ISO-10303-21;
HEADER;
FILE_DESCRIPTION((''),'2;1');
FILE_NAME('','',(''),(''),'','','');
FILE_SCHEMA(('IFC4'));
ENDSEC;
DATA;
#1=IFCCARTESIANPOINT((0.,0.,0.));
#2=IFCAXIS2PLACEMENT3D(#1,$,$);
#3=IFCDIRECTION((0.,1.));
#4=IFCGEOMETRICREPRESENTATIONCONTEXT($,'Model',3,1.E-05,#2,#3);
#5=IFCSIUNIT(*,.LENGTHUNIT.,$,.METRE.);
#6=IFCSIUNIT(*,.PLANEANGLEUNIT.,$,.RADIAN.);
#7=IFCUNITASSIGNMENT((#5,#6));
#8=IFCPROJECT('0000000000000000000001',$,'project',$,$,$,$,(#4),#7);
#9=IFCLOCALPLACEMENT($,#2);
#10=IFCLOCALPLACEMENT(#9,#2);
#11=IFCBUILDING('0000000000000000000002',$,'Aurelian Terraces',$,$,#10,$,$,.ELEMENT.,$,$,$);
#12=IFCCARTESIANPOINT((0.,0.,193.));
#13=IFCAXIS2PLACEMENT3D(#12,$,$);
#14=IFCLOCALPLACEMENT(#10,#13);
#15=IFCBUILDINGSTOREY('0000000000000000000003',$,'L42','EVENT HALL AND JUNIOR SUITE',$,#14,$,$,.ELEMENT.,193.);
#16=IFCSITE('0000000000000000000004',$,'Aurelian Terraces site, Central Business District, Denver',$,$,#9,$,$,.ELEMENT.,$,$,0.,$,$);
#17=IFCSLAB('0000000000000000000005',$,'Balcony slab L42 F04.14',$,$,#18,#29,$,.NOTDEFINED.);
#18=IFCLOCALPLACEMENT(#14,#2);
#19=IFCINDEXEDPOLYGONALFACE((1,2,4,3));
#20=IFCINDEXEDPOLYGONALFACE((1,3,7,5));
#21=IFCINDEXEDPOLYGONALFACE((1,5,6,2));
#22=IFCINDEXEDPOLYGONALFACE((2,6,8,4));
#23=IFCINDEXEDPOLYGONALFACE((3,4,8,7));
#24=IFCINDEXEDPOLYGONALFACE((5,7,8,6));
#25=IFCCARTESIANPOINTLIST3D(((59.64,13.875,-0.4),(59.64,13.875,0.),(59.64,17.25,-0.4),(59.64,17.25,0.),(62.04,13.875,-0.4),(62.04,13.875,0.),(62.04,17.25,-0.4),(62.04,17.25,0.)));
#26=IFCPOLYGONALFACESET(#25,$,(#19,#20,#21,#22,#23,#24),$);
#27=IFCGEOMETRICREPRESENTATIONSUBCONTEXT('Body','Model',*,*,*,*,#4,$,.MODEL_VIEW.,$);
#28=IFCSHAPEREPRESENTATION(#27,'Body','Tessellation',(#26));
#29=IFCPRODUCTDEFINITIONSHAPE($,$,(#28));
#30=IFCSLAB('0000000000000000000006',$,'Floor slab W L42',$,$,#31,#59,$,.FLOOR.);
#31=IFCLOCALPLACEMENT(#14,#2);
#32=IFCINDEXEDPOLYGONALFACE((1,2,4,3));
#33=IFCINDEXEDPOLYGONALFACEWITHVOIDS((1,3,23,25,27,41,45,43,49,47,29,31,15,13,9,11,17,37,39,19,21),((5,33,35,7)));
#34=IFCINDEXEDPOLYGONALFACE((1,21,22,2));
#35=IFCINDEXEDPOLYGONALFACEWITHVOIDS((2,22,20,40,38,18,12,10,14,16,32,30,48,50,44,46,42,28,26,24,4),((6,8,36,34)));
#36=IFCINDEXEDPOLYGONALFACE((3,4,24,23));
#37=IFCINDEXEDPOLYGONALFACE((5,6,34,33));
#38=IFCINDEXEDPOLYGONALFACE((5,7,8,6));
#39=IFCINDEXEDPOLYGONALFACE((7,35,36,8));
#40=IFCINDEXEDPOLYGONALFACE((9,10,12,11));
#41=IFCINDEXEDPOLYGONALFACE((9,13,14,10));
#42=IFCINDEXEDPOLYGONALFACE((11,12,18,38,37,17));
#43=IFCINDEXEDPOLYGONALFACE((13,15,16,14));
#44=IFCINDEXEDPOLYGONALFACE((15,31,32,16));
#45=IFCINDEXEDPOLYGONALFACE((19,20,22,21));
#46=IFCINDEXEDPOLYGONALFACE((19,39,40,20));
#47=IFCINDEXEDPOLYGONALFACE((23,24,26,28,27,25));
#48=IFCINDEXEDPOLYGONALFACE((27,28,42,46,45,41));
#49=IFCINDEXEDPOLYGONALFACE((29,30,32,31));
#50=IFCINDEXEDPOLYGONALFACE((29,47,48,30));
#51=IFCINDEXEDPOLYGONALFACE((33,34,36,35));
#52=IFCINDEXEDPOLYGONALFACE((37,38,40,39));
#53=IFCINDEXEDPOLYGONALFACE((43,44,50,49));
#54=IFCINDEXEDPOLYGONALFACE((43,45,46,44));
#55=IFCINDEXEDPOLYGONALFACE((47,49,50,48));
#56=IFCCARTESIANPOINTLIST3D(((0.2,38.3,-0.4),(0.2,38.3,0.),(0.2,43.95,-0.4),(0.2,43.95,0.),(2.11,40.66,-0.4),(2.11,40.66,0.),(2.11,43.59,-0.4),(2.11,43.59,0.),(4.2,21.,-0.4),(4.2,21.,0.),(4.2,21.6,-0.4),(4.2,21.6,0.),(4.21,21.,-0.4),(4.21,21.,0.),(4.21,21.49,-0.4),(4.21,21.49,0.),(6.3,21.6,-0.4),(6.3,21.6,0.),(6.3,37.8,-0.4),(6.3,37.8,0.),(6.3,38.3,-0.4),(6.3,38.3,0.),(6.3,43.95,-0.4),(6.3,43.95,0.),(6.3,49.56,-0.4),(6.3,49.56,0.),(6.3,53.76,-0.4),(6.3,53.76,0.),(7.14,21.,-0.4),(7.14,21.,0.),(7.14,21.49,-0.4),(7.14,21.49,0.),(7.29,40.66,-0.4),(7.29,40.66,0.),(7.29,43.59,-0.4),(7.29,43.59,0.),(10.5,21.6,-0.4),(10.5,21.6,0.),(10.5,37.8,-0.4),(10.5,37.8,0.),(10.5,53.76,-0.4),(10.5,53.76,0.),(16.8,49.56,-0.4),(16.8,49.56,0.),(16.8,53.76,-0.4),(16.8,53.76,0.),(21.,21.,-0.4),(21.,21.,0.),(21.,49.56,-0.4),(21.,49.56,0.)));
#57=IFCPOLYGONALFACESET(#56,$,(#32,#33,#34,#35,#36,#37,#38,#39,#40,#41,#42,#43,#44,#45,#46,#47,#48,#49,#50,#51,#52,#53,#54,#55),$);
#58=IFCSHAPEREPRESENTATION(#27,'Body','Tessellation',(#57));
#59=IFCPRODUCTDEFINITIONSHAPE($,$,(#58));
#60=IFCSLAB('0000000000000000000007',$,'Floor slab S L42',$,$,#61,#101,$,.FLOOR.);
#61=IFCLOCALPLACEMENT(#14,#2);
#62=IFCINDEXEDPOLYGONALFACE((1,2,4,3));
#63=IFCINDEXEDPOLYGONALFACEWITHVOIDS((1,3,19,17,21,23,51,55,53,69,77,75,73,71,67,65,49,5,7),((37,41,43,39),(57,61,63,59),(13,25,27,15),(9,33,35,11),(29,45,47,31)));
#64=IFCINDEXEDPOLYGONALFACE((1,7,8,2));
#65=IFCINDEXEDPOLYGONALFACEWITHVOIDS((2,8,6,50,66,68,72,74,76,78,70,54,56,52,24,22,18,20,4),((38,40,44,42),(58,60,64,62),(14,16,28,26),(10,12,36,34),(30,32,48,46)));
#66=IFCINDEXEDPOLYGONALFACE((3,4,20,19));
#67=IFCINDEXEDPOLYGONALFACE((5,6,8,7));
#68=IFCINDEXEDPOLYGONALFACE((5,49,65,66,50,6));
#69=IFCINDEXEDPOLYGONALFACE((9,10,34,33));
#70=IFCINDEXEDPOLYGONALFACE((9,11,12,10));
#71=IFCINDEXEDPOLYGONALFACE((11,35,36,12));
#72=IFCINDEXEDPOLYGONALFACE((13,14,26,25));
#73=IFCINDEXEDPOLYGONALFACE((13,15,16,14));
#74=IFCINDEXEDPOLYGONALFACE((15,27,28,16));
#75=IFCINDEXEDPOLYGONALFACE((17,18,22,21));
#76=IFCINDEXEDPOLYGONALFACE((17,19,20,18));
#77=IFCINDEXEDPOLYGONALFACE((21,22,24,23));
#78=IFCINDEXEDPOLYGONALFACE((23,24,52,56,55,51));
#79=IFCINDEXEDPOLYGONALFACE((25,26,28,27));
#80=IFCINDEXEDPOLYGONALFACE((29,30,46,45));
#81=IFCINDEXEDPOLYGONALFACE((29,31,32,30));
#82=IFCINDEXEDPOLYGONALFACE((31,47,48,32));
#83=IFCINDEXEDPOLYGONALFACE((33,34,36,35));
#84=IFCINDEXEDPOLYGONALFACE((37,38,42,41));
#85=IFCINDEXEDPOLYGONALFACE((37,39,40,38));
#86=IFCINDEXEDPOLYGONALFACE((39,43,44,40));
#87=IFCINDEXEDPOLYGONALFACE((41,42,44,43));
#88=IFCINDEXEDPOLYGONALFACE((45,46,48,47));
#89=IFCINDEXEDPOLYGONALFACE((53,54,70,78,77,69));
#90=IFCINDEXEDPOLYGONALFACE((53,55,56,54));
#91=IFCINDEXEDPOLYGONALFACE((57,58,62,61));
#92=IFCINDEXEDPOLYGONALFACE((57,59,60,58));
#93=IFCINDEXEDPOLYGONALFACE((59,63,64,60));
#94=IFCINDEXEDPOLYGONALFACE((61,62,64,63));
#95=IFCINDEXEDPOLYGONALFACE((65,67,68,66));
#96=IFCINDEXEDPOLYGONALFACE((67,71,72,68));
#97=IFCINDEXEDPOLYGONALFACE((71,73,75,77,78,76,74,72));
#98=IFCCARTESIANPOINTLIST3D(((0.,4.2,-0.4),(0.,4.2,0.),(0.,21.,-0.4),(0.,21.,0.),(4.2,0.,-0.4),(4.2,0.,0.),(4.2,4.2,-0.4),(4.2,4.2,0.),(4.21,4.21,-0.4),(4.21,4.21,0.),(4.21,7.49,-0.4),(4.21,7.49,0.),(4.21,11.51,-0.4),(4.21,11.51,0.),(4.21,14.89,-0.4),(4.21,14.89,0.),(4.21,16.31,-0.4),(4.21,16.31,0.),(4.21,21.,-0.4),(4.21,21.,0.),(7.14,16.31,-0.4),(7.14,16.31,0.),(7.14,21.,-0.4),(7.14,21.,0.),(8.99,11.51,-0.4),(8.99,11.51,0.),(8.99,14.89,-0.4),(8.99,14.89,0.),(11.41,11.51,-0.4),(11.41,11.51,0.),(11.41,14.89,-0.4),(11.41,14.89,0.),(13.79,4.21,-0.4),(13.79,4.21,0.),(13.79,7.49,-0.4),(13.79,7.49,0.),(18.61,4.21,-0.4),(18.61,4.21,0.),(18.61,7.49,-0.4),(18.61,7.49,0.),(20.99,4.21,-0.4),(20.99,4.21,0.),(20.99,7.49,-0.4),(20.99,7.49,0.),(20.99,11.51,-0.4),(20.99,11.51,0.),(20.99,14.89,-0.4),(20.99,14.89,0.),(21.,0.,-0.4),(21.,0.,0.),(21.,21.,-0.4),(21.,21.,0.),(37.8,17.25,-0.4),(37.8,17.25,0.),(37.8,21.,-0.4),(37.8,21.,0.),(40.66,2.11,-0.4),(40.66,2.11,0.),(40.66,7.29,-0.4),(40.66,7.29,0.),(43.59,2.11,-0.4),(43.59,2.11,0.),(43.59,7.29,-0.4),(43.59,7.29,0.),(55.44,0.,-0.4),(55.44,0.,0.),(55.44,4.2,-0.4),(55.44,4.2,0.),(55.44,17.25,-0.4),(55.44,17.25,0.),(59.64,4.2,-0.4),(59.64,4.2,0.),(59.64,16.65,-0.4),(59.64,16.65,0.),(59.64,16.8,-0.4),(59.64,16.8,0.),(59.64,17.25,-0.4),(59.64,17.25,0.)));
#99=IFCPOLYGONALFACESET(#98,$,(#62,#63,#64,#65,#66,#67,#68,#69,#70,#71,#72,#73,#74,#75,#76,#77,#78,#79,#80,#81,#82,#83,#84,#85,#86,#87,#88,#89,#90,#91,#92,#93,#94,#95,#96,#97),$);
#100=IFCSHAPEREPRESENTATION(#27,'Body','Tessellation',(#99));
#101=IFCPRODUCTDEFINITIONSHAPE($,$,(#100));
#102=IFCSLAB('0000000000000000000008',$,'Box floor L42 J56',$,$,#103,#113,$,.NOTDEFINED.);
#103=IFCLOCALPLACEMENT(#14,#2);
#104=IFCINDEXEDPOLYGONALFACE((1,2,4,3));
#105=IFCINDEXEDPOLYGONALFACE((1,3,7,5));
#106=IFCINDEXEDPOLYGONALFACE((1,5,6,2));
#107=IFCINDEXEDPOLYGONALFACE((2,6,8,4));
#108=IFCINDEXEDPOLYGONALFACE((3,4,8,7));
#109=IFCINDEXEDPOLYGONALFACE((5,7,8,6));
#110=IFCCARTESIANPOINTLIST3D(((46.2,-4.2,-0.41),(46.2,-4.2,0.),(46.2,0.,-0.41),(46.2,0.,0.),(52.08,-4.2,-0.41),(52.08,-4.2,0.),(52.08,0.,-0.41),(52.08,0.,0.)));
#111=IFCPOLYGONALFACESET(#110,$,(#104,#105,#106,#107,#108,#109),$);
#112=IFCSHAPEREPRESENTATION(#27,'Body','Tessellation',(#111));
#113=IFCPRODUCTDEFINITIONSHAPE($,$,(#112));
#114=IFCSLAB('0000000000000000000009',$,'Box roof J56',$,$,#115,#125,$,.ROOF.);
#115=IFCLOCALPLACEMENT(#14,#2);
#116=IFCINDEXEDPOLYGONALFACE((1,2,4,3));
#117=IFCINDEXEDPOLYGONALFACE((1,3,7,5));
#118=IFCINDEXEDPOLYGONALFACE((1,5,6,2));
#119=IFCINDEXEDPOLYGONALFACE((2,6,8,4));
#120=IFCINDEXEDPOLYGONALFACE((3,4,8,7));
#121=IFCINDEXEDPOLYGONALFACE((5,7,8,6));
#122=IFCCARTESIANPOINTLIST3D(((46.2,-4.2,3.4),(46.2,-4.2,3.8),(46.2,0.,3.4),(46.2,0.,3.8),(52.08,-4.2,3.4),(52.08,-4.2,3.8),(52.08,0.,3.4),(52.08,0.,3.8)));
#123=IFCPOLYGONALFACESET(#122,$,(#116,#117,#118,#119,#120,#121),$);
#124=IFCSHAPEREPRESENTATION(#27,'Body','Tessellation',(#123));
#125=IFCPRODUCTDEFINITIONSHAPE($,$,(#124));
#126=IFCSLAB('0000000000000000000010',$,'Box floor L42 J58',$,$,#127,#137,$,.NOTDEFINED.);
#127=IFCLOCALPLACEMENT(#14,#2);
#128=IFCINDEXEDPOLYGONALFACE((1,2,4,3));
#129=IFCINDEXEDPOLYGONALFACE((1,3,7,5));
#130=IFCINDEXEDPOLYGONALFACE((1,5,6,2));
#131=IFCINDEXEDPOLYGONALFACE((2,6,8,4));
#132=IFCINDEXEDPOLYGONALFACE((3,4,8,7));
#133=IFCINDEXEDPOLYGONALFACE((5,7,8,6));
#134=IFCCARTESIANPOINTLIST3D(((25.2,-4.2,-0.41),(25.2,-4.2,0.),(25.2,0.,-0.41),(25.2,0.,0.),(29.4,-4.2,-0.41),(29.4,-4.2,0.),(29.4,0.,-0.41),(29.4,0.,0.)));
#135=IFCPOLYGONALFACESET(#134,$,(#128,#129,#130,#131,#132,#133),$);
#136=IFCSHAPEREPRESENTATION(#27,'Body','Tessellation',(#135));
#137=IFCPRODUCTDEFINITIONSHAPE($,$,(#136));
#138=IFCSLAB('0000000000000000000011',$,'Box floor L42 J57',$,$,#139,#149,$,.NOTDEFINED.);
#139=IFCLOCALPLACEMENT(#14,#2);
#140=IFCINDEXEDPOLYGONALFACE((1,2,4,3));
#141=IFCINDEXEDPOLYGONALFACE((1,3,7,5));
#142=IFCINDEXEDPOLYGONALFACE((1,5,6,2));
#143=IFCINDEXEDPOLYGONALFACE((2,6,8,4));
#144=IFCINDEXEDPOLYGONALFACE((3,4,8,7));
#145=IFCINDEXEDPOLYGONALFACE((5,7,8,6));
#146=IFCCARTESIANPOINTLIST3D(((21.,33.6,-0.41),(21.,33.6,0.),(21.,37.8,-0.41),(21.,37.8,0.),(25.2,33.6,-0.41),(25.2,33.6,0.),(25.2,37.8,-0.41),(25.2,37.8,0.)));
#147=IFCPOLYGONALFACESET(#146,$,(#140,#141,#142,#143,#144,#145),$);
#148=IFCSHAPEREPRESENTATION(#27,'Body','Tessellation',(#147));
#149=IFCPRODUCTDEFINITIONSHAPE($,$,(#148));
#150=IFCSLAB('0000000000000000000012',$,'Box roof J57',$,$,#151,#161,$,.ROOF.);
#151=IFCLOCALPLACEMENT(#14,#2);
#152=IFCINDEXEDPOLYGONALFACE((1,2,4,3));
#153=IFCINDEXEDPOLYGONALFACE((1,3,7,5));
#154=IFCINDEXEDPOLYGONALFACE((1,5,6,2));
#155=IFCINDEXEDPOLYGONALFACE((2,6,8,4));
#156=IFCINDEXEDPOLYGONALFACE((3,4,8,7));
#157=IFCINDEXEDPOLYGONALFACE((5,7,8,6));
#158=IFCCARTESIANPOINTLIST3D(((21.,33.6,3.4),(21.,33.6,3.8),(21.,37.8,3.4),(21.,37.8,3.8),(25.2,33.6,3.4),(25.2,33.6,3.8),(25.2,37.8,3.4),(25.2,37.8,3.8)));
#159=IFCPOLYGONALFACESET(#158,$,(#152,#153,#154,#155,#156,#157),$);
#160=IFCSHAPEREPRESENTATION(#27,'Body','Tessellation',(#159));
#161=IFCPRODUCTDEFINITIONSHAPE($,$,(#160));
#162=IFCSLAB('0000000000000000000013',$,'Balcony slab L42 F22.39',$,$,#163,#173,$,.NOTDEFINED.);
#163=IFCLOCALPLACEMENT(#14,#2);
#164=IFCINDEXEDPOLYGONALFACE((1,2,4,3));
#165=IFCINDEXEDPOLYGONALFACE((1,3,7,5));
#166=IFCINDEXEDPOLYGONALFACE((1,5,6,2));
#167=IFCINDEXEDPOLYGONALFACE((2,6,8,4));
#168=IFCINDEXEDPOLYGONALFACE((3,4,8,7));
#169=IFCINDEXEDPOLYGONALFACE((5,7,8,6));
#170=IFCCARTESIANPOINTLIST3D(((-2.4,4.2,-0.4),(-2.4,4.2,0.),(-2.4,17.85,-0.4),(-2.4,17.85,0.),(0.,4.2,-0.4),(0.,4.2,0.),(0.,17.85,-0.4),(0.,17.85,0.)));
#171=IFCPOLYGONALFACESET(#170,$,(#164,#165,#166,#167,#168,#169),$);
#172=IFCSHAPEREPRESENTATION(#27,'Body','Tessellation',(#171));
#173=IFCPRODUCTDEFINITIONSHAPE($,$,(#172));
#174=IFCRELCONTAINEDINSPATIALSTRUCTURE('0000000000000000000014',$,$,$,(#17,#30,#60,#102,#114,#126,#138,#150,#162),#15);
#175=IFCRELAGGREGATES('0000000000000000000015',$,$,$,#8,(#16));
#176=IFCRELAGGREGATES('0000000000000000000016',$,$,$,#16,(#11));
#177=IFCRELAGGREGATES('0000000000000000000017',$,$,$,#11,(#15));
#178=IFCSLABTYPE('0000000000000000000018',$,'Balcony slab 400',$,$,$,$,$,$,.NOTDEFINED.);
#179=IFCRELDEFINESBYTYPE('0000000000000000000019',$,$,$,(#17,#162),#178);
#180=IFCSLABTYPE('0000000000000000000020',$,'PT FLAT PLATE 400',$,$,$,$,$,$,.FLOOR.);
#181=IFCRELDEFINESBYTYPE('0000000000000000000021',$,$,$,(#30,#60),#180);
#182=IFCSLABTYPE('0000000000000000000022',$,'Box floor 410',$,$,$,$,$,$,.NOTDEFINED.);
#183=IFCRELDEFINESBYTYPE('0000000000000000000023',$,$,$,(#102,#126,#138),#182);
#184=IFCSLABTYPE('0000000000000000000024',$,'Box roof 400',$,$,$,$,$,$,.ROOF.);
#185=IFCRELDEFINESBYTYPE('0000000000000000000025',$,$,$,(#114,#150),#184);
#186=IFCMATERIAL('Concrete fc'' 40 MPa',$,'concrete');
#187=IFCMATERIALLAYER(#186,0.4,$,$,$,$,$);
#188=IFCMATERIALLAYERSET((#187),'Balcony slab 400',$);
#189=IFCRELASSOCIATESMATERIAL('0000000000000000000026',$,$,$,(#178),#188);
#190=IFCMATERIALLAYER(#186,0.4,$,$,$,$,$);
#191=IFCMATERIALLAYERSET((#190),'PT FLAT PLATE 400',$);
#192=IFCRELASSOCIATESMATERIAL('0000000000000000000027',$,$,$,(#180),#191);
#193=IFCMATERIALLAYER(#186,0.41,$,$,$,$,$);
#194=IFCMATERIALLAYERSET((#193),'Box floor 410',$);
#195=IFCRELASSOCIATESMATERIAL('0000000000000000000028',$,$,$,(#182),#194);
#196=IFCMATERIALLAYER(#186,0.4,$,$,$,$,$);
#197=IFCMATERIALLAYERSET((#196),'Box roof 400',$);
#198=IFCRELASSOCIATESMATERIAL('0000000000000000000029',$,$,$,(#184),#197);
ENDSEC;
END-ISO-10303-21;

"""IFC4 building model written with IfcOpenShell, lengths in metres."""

from ifc_helpers import new_model, si_unit, direction, frame, origin, place, context, subcontext, project, spatial, polyline, outline, extrude, source, transform, mapped, material, layer, layer_set, type_object, element, save


model = new_model("IFC4")

# Units and contexts
model_context = context("Model", 3, precision=1e-05, world=origin(), true_north=direction((0.0, 1.0)))
body_context = subcontext(model_context, "Body", "Model", "MODEL_VIEW")
ifc_project = project(units=[si_unit("LENGTHUNIT", "METRE"), si_unit("PLANEANGLEUNIT", "RADIAN")], contexts=[model_context])

# Site, building, storey
site_placement = place(None, origin())
site = spatial("IfcSite", under=ifc_project, at=site_placement, Name="Aurelian Terraces site, Central Business District, Denver", CompositionType="ELEMENT", RefElevation=0.0)
building_placement = place(site_placement, origin())
building = spatial("IfcBuilding", under=site, at=building_placement, Name="Aurelian Terraces", CompositionType="ELEMENT")
storey_placement = place(building_placement, frame((0.0, 0.0, 193.0)))
storey = spatial("IfcBuildingStorey", under=building, at=storey_placement, Name="L42", Description="EVENT HALL AND JUNIOR SUITE", CompositionType="ELEMENT", Elevation=193.0)

# Slabs
ifc_material = material(Name="Concrete fc' 40 MPa", Category="concrete")
ifc_layer_1 = layer(ifc_material, 0.4)
ifc_layer_set_1 = layer_set([ifc_layer_1], Name="Balcony slab 400")
slab_type_1 = type_object("IfcSlabType", Name="Balcony slab 400", PredefinedType="NOTDEFINED", material=ifc_layer_set_1)
slab_1_placement = place(storey_placement, frame((0.0, 0.0, -0.4)))
element("IfcSlab", 1, at=slab_1_placement, inside=storey, type_object=slab_type_1, Name="Balcony slab L42 F04.14", PredefinedType="NOTDEFINED", context=body_context, shape_type="SweptSolid", body=[
    extrude(outline(polyline([(59.64, 13.875), (59.64, 17.25), (62.04, 17.25), (62.04, 13.875), (59.64, 13.875)])), origin(), (0.0, 0.0, 1.0), 0.4),
])
ifc_layer_2 = layer(ifc_material, 0.4)
ifc_layer_set_2 = layer_set([ifc_layer_2], Name="PT FLAT PLATE 400")
slab_type_2 = type_object("IfcSlabType", Name="PT FLAT PLATE 400", PredefinedType="FLOOR", material=ifc_layer_set_2)
shared_shape_1 = source(origin(), body_context, "Body", "SweptSolid", [
    extrude(outline(polyline([(6.3, 43.95), (6.3, 49.56), (6.3, 53.76), (10.5, 53.76), (16.8, 53.76), (16.8, 49.56), (21.0, 49.56), (21.0, 21.0), (7.14, 21.0), (7.14, 21.49), (4.21, 21.49), (4.21, 21.0), (4.2, 21.0), (4.2, 21.6), (6.3, 21.6), (10.5, 21.6), (10.5, 37.8), (6.3, 37.8), (6.3, 38.3), (0.2, 38.3), (0.2, 43.95), (6.3, 43.95)]), holes=[polyline([(7.29, 43.59), (2.11, 43.59), (2.11, 40.66), (7.29, 40.66), (7.29, 43.59)])]), origin(), (0.0, 0.0, 1.0), 0.4),
])
slab_2_placement = place(storey_placement, frame((0.0, 0.0, -0.4)))
element("IfcSlab", 2, at=slab_2_placement, inside=storey, type_object=slab_type_2, Name="Floor slab W L42", PredefinedType="FLOOR", context=body_context, shape_type="MappedRepresentation", body=[
    mapped(shared_shape_1, transform((0.0, 0.0, 0.0), scale=1.0)),
])
shared_shape_2 = source(origin(), body_context, "Body", "SweptSolid", [
    extrude(outline(polyline([(59.64, 4.2), (55.44, 4.2), (55.44, 0.0), (21.0, 0.0), (4.2, 0.0), (4.2, 4.2), (0.0, 4.2), (0.0, 21.0), (4.21, 21.0), (4.21, 16.31), (7.14, 16.31), (7.14, 21.0), (21.0, 21.0), (37.8, 21.0), (37.8, 17.25), (55.44, 17.25), (59.64, 17.25), (59.64, 16.8), (59.64, 16.65), (59.64, 4.2)]), holes=[polyline([(40.66, 2.11), (43.59, 2.11), (43.59, 7.29), (40.66, 7.29), (40.66, 2.11)]), polyline([(18.61, 7.49), (18.61, 4.21), (20.99, 4.21), (20.99, 7.49), (18.61, 7.49)]), polyline([(20.99, 14.89), (11.41, 14.89), (11.41, 11.51), (20.99, 11.51), (20.99, 14.89)]), polyline([(4.21, 7.49), (4.21, 4.21), (13.79, 4.21), (13.79, 7.49), (4.21, 7.49)]), polyline([(4.21, 14.89), (4.21, 11.51), (8.99, 11.51), (8.99, 14.89), (4.21, 14.89)])]), origin(), (0.0, 0.0, 1.0), 0.4),
])
slab_3_placement = place(storey_placement, frame((0.0, 0.0, -0.4)))
element("IfcSlab", 3, at=slab_3_placement, inside=storey, type_object=slab_type_2, Name="Floor slab S L42", PredefinedType="FLOOR", context=body_context, shape_type="MappedRepresentation", body=[
    mapped(shared_shape_2, transform((0.0, 0.0, 0.0), scale=1.0)),
])
ifc_layer_3 = layer(ifc_material, 0.41)
ifc_layer_set_3 = layer_set([ifc_layer_3], Name="Box floor 410")
slab_type_3 = type_object("IfcSlabType", Name="Box floor 410", PredefinedType="NOTDEFINED", material=ifc_layer_set_3)
shared_shape_3 = source(origin(), body_context, "Body", "SweptSolid", [
    extrude(outline(polyline([(46.2, -4.2), (52.08, -4.2), (52.08, 0.0), (46.2, 0.0), (46.2, -4.2)])), origin(), (0.0, 0.0, 1.0), 0.41),
])
slab_4_placement = place(storey_placement, frame((0.0, 0.0, -0.41)))
element("IfcSlab", 4, at=slab_4_placement, inside=storey, type_object=slab_type_3, Name="Box floor L42 J56", PredefinedType="NOTDEFINED", context=body_context, shape_type="MappedRepresentation", body=[
    mapped(shared_shape_3, transform((0.0, 0.0, 0.0), scale=1.0)),
])
ifc_layer_4 = layer(ifc_material, 0.4)
ifc_layer_set_4 = layer_set([ifc_layer_4], Name="Box roof 400")
slab_type_4 = type_object("IfcSlabType", Name="Box roof 400", PredefinedType="ROOF", material=ifc_layer_set_4)
shared_shape_4 = source(origin(), body_context, "Body", "SweptSolid", [
    extrude(outline(polyline([(46.2, -4.2), (52.08, -4.2), (52.08, 0.0), (46.2, 0.0), (46.2, -4.2)])), origin(), (0.0, 0.0, 1.0), 0.4),
])
slab_5_placement = place(storey_placement, frame((0.0, 0.0, 3.4)))
element("IfcSlab", 5, at=slab_5_placement, inside=storey, type_object=slab_type_4, Name="Box roof J56", PredefinedType="ROOF", context=body_context, shape_type="MappedRepresentation", body=[
    mapped(shared_shape_4, transform((0.0, 0.0, 0.0), scale=1.0)),
])
shared_shape_5 = source(origin(), body_context, "Body", "SweptSolid", [
    extrude(outline(polyline([(25.2, -4.2), (29.4, -4.2), (29.4, 0.0), (25.2, 0.0), (25.2, -4.2)])), origin(), (0.0, 0.0, 1.0), 0.41),
])
slab_6_placement = place(storey_placement, frame((0.0, 0.0, -0.41)))
element("IfcSlab", 6, at=slab_6_placement, inside=storey, type_object=slab_type_3, Name="Box floor L42 J58", PredefinedType="NOTDEFINED", context=body_context, shape_type="MappedRepresentation", body=[
    mapped(shared_shape_5, transform((0.0, 0.0, 0.0), scale=1.0)),
])
shared_shape_6 = source(origin(), body_context, "Body", "SweptSolid", [
    extrude(outline(polyline([(25.2, 33.6), (25.2, 37.8), (21.0, 37.8), (21.0, 33.6), (25.2, 33.6)])), origin(), (0.0, 0.0, 1.0), 0.41),
])
slab_7_placement = place(storey_placement, frame((0.0, 0.0, -0.41)))
element("IfcSlab", 7, at=slab_7_placement, inside=storey, type_object=slab_type_3, Name="Box floor L42 J57", PredefinedType="NOTDEFINED", context=body_context, shape_type="MappedRepresentation", body=[
    mapped(shared_shape_6, transform((0.0, 0.0, 0.0), scale=1.0)),
])
shared_shape_7 = source(origin(), body_context, "Body", "SweptSolid", [
    extrude(outline(polyline([(25.2, 33.6), (25.2, 37.8), (21.0, 37.8), (21.0, 33.6), (25.2, 33.6)])), origin(), (0.0, 0.0, 1.0), 0.4),
])
slab_8_placement = place(storey_placement, frame((0.0, 0.0, 3.4)))
element("IfcSlab", 8, at=slab_8_placement, inside=storey, type_object=slab_type_4, Name="Box roof J57", PredefinedType="ROOF", context=body_context, shape_type="MappedRepresentation", body=[
    mapped(shared_shape_7, transform((0.0, 0.0, 0.0), scale=1.0)),
])
shared_shape_8 = source(origin(), body_context, "Body", "SweptSolid", [
    extrude(outline(polyline([(0.0, 17.85), (0.0, 4.2), (-2.4, 4.2), (-2.4, 17.85), (0.0, 17.85)])), origin(), (0.0, 0.0, 1.0), 0.4),
])
slab_9_placement = place(storey_placement, frame((0.0, 0.0, -0.4)))
element("IfcSlab", 9, at=slab_9_placement, inside=storey, type_object=slab_type_1, Name="Balcony slab L42 F22.39", PredefinedType="NOTDEFINED", context=body_context, shape_type="MappedRepresentation", body=[
    mapped(shared_shape_8, transform((0.0, 0.0, 0.0), scale=1.0)),
])

save(model, "model.ifc")
